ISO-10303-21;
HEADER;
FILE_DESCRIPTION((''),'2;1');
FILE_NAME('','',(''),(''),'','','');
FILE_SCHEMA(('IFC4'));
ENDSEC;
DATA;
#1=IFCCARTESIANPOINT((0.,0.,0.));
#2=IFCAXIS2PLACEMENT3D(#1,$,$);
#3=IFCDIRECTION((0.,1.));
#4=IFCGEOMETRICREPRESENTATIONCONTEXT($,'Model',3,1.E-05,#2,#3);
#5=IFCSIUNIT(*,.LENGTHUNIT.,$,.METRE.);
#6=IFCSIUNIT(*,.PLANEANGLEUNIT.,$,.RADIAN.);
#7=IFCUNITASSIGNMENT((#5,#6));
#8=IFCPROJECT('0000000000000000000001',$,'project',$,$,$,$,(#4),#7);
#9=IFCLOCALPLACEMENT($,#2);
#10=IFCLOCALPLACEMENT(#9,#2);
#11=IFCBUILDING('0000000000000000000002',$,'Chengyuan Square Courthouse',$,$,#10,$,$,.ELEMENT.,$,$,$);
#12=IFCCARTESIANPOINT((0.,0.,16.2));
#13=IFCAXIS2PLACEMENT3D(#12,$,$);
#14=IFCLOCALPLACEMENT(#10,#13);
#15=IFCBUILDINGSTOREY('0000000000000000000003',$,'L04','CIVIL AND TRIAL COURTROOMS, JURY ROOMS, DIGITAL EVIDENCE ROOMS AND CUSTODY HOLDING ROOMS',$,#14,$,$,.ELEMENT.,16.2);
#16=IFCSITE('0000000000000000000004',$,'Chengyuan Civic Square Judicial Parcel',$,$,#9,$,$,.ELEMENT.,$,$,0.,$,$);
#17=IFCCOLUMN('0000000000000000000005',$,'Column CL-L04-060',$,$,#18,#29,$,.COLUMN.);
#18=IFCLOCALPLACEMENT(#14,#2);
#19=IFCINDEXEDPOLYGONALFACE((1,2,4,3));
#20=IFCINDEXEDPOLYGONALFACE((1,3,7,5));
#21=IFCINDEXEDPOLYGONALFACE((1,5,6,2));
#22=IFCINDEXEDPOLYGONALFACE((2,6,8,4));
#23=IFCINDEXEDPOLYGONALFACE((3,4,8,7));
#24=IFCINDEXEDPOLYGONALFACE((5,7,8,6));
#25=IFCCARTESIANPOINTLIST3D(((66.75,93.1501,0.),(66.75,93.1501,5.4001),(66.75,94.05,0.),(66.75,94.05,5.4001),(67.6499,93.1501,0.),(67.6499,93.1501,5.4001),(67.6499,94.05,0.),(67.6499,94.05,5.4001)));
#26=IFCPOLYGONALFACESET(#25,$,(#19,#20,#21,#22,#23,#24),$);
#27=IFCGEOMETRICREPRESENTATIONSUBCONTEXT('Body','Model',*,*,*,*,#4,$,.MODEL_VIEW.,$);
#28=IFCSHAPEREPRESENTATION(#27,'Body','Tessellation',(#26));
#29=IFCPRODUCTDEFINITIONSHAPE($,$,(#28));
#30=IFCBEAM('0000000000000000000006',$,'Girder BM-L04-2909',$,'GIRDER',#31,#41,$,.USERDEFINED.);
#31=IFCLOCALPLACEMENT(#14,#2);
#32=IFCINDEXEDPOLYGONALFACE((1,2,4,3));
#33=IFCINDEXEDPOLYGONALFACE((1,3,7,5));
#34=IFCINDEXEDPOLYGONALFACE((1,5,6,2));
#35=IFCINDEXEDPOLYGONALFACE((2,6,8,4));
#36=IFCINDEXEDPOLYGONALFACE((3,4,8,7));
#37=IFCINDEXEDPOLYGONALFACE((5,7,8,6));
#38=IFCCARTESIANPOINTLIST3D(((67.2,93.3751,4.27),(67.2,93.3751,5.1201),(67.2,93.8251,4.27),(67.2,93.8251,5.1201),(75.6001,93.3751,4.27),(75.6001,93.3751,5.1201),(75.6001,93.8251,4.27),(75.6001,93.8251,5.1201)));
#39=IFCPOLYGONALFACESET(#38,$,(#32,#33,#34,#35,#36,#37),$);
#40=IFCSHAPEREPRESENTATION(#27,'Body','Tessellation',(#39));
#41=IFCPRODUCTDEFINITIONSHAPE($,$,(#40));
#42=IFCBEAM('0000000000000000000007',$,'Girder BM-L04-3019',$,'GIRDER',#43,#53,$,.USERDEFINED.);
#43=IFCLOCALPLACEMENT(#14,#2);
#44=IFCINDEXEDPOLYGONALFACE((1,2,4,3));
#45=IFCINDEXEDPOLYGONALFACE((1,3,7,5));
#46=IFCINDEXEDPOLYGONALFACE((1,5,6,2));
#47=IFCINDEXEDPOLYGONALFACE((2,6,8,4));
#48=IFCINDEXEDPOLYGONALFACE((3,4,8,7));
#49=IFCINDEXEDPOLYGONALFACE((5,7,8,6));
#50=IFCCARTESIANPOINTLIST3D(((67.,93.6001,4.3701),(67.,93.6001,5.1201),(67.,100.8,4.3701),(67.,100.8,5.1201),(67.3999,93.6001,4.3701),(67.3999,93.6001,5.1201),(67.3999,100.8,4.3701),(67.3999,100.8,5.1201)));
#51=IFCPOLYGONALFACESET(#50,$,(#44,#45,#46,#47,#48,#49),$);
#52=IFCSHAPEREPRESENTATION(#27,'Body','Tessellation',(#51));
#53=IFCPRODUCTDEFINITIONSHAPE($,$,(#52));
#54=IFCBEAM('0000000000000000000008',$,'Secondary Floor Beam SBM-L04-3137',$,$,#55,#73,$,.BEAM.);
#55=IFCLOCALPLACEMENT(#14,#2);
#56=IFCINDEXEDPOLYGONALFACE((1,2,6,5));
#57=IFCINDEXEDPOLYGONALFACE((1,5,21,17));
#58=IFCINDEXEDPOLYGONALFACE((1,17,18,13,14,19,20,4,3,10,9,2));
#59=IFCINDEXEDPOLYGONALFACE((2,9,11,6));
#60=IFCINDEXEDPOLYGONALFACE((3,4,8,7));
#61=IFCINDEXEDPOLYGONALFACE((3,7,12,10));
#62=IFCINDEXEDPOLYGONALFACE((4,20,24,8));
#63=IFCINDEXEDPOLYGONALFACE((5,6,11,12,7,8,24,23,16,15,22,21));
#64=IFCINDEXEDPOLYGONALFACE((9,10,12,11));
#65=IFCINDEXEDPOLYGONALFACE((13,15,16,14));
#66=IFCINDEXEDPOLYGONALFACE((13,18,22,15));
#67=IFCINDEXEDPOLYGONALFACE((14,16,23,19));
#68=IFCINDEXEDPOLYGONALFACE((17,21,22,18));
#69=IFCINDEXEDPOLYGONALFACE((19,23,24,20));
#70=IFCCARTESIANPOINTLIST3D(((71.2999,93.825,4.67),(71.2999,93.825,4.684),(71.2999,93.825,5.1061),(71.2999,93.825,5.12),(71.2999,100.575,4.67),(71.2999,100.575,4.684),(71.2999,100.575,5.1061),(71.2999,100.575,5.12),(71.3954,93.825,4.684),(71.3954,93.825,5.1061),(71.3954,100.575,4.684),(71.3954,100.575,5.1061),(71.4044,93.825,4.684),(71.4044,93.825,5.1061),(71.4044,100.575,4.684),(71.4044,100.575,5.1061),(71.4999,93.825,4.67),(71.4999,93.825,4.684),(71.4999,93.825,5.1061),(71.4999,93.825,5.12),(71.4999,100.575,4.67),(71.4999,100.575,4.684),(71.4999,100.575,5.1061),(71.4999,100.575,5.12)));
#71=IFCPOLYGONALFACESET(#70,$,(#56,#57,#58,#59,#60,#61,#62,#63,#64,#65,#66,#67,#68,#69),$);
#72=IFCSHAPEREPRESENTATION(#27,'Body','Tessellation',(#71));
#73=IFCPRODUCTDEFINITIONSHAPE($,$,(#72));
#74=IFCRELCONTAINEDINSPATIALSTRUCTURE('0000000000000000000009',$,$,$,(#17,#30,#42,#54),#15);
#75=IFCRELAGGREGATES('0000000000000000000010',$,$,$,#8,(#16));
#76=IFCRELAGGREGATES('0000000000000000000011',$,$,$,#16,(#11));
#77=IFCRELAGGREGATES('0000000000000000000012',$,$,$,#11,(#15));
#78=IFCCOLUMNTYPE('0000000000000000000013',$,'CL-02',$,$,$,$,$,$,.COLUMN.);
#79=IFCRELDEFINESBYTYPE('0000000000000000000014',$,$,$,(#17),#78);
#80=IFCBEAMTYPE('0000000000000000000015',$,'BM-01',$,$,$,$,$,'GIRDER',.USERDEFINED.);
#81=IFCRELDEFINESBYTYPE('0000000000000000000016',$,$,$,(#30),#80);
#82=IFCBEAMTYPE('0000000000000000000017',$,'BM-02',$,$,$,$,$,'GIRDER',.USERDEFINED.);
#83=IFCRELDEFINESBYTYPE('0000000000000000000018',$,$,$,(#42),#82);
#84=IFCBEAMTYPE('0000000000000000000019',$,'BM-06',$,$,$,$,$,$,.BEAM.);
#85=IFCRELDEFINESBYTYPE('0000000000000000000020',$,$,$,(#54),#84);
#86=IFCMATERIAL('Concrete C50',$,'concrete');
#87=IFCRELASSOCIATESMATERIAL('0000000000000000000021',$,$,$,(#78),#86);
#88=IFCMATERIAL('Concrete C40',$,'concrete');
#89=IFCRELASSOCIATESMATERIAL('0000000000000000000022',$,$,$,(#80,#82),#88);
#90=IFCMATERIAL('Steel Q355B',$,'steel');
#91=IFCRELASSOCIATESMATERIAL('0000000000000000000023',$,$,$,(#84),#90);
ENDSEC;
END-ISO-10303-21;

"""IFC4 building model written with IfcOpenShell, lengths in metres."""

from ifc_helpers import new_model, si_unit, direction, frame, origin, origin_2d, place, context, subcontext, project, spatial, rectangle, i_section, extrude, material, material_profile, profile_set, type_object, element, save


model = new_model("IFC4")

# Units and contexts
model_context = context("Model", 3, precision=1e-05, world=origin(), true_north=direction((0.0, 1.0)))
body_context = subcontext(model_context, "Body", "Model", "MODEL_VIEW")
ifc_project = project(units=[si_unit("LENGTHUNIT", "METRE"), si_unit("PLANEANGLEUNIT", "RADIAN")], contexts=[model_context])

# Site, building, storey
site_placement = place(None, origin())
site = spatial("IfcSite", under=ifc_project, at=site_placement, Name="Chengyuan Civic Square Judicial Parcel", CompositionType="ELEMENT", RefElevation=0.0)
building_placement = place(site_placement, origin())
building = spatial("IfcBuilding", under=site, at=building_placement, Name="Chengyuan Square Courthouse", CompositionType="ELEMENT")
storey_placement = place(building_placement, frame((0.0, 0.0, 16.2)))
storey = spatial("IfcBuildingStorey", under=building, at=storey_placement, Name="L04", Description="CIVIL AND TRIAL COURTROOMS, JURY ROOMS, DIGITAL EVIDENCE ROOMS AND CUSTODY HOLDING ROOMS", CompositionType="ELEMENT", Elevation=16.2)

# Column
ifc_material_1 = material(Name="Concrete C50", Category="concrete")
ifc_material_profile_1 = material_profile(ifc_material_1, rectangle(XDim=0.8999, YDim=0.8999, at=origin_2d()), Name="RC-COL-900x900")
ifc_profile_set_1 = profile_set([ifc_material_profile_1], Name="Concrete C50")
column_type = type_object("IfcColumnType", Name="CL-02", PredefinedType="COLUMN", material=ifc_profile_set_1)
column_placement = place(storey_placement, frame((67.2, 93.6001, 0.0), z_axis=(0.0, 0.0, 1.0), x_axis=(1.0, 0.0, 0.0)))
element("IfcColumn", 1, at=column_placement, inside=storey, type_object=column_type, Name="Column CL-L04-060", PredefinedType="COLUMN", context=body_context, shape_type="SweptSolid", body=[
    extrude(rectangle(XDim=0.8999, YDim=0.8999, at=origin_2d()), origin(), (0.0, 0.0, 1.0), 5.4001),
])

# Beams
ifc_material_2 = material(Name="Concrete C40", Category="concrete")
ifc_material_profile_2 = material_profile(ifc_material_2, rectangle(XDim=0.45, YDim=0.8501, at=origin_2d()), Name="RC-BM-450x850")
ifc_profile_set_2 = profile_set([ifc_material_profile_2], Name="Concrete C40")
beam_type_1 = type_object("IfcBeamType", Name="BM-01", ElementType="GIRDER", PredefinedType="USERDEFINED", material=ifc_profile_set_2)
beam_1_placement = place(storey_placement, frame((67.2, 93.6001, 4.6951), z_axis=(1.0, 0.0, 0.0), x_axis=(0.0, 1.0, 0.0)))
element("IfcBeam", 2, at=beam_1_placement, inside=storey, type_object=beam_type_1, Name="Girder BM-L04-2909", ObjectType="GIRDER", PredefinedType="USERDEFINED", context=body_context, shape_type="SweptSolid", body=[
    extrude(rectangle(XDim=0.45, YDim=0.8501, at=origin_2d()), origin(), (0.0, 0.0, 1.0), 8.4001),
])
ifc_material_profile_3 = material_profile(ifc_material_2, rectangle(XDim=0.3999, YDim=0.75, at=origin_2d()), Name="RC-BM-400x750")
ifc_profile_set_3 = profile_set([ifc_material_profile_3], Name="Concrete C40")
beam_type_2 = type_object("IfcBeamType", Name="BM-02", ElementType="GIRDER", PredefinedType="USERDEFINED", material=ifc_profile_set_3)
beam_2_placement = place(storey_placement, frame((67.2, 93.6001, 4.7451), z_axis=(0.0, 1.0, 0.0), x_axis=(-1.0, 0.0, 0.0)))
element("IfcBeam", 3, at=beam_2_placement, inside=storey, type_object=beam_type_2, Name="Girder BM-L04-3019", ObjectType="GIRDER", PredefinedType="USERDEFINED", context=body_context, shape_type="SweptSolid", body=[
    extrude(rectangle(XDim=0.3999, YDim=0.75, at=origin_2d()), origin(), (0.0, 0.0, 1.0), 7.2),
])
ifc_material_3 = material(Name="Steel Q355B", Category="steel")
ifc_material_profile_4 = material_profile(ifc_material_3, i_section(OverallWidth=0.2, OverallDepth=0.45, WebThickness=0.009, FlangeThickness=0.0139, at=origin_2d()), Name="HN 450x200x9x14")
ifc_profile_set_4 = profile_set([ifc_material_profile_4], Name="Steel Q355B")
beam_type_3 = type_object("IfcBeamType", Name="BM-06", PredefinedType="BEAM", material=ifc_profile_set_4)
beam_3_placement = place(storey_placement, frame((71.3999, 93.825, 4.895), z_axis=(0.0, 1.0, 0.0), x_axis=(-1.0, 0.0, 0.0)))
element("IfcBeam", 4, at=beam_3_placement, inside=storey, type_object=beam_type_3, Name="Secondary Floor Beam SBM-L04-3137", PredefinedType="BEAM", context=body_context, shape_type="SweptSolid", body=[
    extrude(i_section(OverallWidth=0.2, OverallDepth=0.45, WebThickness=0.009, FlangeThickness=0.0139, at=origin_2d()), origin(), (0.0, 0.0, 1.0), 6.75),
])

save(model, "model.ifc")
